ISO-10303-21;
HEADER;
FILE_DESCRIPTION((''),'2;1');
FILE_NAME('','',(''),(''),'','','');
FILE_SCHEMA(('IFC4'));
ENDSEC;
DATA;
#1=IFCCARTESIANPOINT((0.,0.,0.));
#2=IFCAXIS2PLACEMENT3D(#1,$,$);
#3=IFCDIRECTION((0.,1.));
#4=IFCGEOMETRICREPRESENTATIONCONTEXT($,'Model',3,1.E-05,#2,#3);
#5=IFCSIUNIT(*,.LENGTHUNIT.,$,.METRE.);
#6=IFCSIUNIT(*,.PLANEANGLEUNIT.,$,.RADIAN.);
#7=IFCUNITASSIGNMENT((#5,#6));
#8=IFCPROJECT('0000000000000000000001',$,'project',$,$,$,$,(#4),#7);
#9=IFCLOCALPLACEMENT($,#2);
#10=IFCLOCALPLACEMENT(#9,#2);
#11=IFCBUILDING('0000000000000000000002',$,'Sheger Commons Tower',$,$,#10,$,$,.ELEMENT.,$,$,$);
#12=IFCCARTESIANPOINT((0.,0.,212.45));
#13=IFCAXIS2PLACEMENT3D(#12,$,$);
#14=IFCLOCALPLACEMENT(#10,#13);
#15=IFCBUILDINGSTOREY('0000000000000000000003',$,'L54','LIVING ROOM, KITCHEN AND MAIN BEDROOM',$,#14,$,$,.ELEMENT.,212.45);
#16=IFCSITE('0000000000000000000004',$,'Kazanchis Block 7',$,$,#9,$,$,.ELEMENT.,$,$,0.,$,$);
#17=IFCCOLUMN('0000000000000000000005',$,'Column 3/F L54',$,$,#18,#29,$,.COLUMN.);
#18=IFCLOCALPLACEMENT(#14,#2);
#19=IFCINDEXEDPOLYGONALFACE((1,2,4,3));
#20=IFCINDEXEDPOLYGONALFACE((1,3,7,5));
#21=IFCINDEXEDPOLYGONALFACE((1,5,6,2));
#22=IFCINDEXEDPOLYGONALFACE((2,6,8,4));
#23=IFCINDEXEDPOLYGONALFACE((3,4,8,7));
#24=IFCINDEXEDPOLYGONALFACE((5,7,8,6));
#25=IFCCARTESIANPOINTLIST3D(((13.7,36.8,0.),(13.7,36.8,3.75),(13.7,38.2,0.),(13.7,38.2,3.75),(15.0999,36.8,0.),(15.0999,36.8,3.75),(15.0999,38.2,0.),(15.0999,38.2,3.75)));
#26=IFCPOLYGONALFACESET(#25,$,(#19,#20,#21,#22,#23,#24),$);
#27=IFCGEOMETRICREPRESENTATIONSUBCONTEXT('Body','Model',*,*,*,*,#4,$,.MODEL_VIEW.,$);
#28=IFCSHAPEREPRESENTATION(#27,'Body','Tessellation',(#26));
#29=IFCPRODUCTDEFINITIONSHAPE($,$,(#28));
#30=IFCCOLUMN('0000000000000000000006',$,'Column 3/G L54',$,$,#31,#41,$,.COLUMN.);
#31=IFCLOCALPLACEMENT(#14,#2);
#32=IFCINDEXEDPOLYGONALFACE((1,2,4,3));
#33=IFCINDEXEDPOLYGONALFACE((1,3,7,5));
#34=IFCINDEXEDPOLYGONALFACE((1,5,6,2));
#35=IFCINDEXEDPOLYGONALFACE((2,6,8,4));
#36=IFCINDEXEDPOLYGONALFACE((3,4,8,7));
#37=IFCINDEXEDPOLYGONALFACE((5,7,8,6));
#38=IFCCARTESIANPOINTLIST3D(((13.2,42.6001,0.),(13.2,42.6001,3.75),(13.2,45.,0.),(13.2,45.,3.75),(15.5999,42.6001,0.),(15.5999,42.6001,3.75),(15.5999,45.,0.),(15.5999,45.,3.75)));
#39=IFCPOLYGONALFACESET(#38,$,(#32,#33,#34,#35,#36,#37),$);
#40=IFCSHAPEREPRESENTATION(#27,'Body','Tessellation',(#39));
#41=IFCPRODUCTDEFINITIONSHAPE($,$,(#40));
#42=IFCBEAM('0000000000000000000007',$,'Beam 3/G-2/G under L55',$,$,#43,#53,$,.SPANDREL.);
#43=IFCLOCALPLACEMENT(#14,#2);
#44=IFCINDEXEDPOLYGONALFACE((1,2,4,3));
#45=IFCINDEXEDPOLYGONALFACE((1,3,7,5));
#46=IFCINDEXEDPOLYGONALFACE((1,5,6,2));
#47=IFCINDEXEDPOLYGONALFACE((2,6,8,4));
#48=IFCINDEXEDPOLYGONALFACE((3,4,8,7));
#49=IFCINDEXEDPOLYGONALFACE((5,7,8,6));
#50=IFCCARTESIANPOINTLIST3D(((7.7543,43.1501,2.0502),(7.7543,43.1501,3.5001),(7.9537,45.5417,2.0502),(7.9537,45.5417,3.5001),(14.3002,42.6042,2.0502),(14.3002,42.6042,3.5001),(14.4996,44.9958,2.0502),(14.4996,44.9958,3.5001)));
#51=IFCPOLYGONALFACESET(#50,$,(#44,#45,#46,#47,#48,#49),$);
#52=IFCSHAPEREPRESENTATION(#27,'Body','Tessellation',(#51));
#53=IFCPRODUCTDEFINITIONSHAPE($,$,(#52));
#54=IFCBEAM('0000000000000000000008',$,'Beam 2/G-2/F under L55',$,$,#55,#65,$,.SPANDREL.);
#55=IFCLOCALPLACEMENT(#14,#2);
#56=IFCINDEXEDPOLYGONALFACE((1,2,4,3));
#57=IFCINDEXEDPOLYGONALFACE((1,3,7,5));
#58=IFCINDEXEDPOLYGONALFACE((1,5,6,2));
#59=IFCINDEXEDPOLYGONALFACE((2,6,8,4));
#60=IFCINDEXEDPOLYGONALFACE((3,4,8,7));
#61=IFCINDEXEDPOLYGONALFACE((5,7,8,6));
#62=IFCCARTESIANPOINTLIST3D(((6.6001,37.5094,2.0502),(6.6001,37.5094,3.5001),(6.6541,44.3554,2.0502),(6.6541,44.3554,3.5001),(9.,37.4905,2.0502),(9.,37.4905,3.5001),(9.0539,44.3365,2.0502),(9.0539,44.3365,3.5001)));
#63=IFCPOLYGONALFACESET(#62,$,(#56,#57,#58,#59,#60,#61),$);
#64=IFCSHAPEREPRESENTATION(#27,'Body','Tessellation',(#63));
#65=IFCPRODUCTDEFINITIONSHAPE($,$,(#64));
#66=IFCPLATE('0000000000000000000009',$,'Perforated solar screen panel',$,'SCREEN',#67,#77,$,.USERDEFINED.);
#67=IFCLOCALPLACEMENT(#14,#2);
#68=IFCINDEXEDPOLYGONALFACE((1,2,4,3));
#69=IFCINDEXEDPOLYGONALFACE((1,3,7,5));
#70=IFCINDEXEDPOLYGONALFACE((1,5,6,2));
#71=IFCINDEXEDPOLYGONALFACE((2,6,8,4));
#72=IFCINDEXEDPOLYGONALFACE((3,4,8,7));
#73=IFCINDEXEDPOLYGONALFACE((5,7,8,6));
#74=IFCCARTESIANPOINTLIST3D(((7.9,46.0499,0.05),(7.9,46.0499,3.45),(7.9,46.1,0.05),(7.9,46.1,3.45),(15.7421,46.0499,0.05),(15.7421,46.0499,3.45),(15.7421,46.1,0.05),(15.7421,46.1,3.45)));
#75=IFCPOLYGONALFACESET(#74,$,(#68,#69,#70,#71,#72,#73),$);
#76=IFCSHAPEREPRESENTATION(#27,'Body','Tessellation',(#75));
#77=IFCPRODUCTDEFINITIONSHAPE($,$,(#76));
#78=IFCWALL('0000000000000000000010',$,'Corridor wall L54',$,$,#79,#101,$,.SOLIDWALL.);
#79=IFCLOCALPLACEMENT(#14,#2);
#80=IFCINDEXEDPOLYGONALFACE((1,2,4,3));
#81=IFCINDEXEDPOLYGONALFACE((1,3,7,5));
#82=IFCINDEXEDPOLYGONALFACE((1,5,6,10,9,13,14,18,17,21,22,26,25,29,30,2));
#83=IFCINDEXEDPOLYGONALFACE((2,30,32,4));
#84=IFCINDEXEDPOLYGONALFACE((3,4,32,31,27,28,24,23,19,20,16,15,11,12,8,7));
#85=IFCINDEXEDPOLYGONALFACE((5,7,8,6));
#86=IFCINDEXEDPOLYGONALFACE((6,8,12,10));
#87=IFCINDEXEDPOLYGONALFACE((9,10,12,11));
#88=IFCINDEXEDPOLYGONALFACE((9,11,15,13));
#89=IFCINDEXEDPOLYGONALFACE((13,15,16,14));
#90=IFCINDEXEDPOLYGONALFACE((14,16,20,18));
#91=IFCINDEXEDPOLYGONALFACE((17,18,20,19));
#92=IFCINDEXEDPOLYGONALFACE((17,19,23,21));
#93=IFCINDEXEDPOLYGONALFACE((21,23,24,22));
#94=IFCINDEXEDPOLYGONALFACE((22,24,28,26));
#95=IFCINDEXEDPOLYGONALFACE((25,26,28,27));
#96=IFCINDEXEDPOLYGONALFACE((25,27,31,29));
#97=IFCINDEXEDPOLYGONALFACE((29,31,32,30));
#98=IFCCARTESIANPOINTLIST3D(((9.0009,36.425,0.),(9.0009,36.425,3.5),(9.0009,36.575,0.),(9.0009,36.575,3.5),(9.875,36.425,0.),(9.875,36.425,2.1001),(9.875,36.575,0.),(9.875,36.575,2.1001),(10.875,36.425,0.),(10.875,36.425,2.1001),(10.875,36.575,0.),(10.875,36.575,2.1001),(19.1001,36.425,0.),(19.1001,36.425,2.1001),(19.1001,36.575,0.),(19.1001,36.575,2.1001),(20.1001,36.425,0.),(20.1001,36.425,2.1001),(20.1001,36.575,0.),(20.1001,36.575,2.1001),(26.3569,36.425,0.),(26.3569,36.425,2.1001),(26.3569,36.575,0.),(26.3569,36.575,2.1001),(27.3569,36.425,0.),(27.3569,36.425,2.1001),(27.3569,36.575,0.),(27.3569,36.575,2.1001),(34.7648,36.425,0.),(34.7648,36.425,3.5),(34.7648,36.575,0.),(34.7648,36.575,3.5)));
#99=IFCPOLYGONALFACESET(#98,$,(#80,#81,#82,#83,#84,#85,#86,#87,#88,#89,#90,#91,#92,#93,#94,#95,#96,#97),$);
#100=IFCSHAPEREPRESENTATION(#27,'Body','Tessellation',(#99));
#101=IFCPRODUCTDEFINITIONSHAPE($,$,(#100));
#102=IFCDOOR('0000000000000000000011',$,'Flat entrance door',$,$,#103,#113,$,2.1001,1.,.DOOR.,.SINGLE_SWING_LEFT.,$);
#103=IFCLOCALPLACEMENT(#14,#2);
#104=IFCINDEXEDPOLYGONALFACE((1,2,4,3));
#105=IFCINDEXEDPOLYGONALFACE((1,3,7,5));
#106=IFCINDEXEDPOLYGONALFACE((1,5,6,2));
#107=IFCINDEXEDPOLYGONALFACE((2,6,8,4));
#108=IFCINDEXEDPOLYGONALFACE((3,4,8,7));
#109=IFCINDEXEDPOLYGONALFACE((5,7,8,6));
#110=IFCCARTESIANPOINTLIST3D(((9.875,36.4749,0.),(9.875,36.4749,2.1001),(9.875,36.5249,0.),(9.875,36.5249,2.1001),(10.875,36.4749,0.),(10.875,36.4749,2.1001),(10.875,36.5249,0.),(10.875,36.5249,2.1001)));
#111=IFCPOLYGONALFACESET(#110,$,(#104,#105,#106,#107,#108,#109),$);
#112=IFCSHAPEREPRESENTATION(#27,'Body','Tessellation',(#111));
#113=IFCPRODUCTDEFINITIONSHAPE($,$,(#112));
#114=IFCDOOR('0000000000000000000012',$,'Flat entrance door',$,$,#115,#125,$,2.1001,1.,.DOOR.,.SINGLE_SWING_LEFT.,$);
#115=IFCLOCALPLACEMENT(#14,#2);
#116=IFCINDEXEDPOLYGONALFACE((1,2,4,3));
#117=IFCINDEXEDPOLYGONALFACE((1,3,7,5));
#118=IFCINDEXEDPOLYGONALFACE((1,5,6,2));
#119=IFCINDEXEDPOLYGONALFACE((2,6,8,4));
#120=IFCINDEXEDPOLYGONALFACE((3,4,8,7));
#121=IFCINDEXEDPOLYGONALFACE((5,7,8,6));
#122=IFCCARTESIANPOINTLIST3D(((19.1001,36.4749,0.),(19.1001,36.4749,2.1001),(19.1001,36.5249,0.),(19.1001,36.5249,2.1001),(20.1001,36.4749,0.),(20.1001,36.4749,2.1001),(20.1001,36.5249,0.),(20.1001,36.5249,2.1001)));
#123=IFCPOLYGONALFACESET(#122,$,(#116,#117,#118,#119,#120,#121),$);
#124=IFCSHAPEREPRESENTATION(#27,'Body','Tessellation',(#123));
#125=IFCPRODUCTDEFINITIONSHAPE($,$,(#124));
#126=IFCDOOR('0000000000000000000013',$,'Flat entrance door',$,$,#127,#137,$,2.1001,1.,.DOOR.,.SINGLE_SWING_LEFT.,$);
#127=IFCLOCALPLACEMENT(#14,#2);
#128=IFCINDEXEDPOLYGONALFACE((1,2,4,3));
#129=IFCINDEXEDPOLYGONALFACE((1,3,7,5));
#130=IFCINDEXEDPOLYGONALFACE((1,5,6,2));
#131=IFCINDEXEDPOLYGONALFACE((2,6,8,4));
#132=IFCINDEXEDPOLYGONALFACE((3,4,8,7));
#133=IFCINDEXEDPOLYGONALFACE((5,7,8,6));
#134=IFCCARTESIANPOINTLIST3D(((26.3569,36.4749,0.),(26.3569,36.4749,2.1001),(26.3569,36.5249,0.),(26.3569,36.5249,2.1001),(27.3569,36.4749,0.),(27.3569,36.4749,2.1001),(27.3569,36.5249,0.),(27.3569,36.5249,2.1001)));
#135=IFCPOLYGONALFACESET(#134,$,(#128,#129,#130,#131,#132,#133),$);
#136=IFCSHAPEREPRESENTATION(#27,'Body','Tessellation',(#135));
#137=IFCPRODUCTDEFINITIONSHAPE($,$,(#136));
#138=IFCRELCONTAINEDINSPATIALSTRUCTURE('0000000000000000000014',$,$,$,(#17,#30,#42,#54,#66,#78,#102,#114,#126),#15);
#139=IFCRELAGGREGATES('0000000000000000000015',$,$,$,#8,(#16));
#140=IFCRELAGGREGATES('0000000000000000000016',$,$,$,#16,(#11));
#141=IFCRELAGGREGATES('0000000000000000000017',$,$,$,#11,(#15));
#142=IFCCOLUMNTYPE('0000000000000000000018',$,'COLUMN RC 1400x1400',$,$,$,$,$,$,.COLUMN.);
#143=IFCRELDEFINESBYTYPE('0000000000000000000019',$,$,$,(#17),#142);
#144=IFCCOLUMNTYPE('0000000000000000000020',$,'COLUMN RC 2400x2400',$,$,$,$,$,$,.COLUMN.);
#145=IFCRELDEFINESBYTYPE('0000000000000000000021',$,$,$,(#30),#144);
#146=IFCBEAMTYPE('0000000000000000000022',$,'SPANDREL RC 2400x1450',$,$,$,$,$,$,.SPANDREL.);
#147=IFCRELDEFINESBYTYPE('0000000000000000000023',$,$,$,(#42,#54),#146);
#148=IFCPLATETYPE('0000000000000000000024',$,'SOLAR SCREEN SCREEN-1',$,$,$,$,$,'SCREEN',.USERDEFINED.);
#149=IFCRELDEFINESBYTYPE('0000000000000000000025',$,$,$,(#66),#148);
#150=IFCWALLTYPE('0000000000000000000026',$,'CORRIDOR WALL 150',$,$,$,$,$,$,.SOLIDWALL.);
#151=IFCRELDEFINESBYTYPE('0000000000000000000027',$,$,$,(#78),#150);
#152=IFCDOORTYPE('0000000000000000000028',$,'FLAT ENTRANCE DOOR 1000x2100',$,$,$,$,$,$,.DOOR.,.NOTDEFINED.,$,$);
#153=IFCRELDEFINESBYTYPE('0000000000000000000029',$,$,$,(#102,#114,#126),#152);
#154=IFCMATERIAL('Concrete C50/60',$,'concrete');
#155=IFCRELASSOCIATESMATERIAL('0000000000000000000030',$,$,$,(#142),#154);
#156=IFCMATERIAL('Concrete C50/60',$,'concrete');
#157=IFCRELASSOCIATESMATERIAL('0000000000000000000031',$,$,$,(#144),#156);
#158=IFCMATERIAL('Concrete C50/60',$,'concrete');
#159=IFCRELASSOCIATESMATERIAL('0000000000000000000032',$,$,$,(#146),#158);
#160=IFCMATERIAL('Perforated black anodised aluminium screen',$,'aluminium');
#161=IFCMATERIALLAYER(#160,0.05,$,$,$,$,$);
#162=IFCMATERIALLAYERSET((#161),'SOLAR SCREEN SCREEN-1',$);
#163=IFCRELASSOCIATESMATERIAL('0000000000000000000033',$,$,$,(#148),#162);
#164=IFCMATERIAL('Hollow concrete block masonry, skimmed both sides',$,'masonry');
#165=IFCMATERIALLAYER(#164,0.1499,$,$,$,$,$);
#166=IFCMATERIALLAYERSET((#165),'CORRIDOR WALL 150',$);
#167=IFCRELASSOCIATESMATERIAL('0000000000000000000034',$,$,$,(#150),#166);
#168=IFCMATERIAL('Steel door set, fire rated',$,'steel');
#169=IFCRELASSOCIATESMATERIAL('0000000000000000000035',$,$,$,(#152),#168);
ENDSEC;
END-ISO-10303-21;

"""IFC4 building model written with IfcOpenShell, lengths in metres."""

from ifc_helpers import new_model, si_unit, direction, frame, frame_2d, origin, origin_2d, place, context, subcontext, project, spatial, rectangle, extrude, material, layer, layer_set, material_profile, profile_set, type_object, element, fill, save


model = new_model("IFC4")

# Units and contexts
model_context = context("Model", 3, precision=1e-05, world=origin(), true_north=direction((0.0, 1.0)))
body_context = subcontext(model_context, "Body", "Model", "MODEL_VIEW")
ifc_project = project(units=[si_unit("LENGTHUNIT", "METRE"), si_unit("PLANEANGLEUNIT", "RADIAN")], contexts=[model_context])

# Site, building, storey
site_placement = place(None, origin())
site = spatial("IfcSite", under=ifc_project, at=site_placement, Name="Kazanchis Block 7", CompositionType="ELEMENT", RefElevation=0.0)
building_placement = place(site_placement, origin())
building = spatial("IfcBuilding", under=site, at=building_placement, Name="Sheger Commons Tower", CompositionType="ELEMENT")
storey_placement = place(building_placement, frame((0.0, 0.0, 212.45)))
storey = spatial("IfcBuildingStorey", under=building, at=storey_placement, Name="L54", Description="LIVING ROOM, KITCHEN AND MAIN BEDROOM", CompositionType="ELEMENT", Elevation=212.45)

# Columns
ifc_material_1 = material(Name="Concrete C50/60", Category="concrete")
ifc_material_profile_1 = material_profile(ifc_material_1, rectangle(XDim=1.3999, YDim=1.3999, at=origin_2d()), Name="RC 1400x1400")
ifc_profile_set_1 = profile_set([ifc_material_profile_1], Name="Concrete C50/60")
column_type_1 = type_object("IfcColumnType", Name="COLUMN RC 1400x1400", PredefinedType="COLUMN", material=ifc_profile_set_1)
column_1_placement = place(storey_placement, frame((14.3999, 37.5, 0.0), z_axis=(0.0, 0.0, 1.0), x_axis=(1.0, 0.0, 0.0)))
element("IfcColumn", 1, at=column_1_placement, inside=storey, type_object=column_type_1, Name="Column 3/F L54", PredefinedType="COLUMN", context=body_context, shape_type="SweptSolid", body=[
    extrude(rectangle(XDim=1.3999, YDim=1.3999, at=origin_2d()), origin(), (0.0, 0.0, 1.0), 3.75),
])
ifc_material_2 = material(Name="Concrete C50/60", Category="concrete")
ifc_material_profile_2 = material_profile(ifc_material_2, rectangle(XDim=2.3999, YDim=2.3999, at=origin_2d()), Name="RC 2400x2400")
ifc_profile_set_2 = profile_set([ifc_material_profile_2], Name="Concrete C50/60")
column_type_2 = type_object("IfcColumnType", Name="COLUMN RC 2400x2400", PredefinedType="COLUMN", material=ifc_profile_set_2)
column_2_placement = place(storey_placement, frame((14.3999, 43.8, 0.0), z_axis=(0.0, 0.0, 1.0), x_axis=(1.0, 0.0, 0.0)))
element("IfcColumn", 2, at=column_2_placement, inside=storey, type_object=column_type_2, Name="Column 3/G L54", PredefinedType="COLUMN", context=body_context, shape_type="SweptSolid", body=[
    extrude(rectangle(XDim=2.3999, YDim=2.3999, at=origin_2d()), origin(), (0.0, 0.0, 1.0), 3.75),
])

# Beams
ifc_material_3 = material(Name="Concrete C50/60", Category="concrete")
ifc_material_profile_3 = material_profile(ifc_material_3, rectangle(XDim=2.3999, YDim=1.45, at=origin_2d()), Name="RC 2400x1450")
ifc_profile_set_3 = profile_set([ifc_material_profile_3], Name="Concrete C50/60")
beam_type = type_object("IfcBeamType", Name="SPANDREL RC 2400x1450", PredefinedType="SPANDREL", material=ifc_profile_set_3)
beam_1_placement = place(storey_placement, frame((14.3999, 43.8, 2.7751), z_axis=(-0.996541, 0.083107, 0.0), x_axis=(-0.083107, -0.996541, 0.0)))
element("IfcBeam", 3, at=beam_1_placement, inside=storey, type_object=beam_type, Name="Beam 3/G-2/G under L55", PredefinedType="SPANDREL", context=body_context, shape_type="SweptSolid", body=[
    extrude(rectangle(XDim=2.3999, YDim=1.45, at=origin_2d()), origin(), (0.0, 0.0, 1.0), 6.5686),
])
beam_2_placement = place(storey_placement, frame((7.854, 44.3459, 2.7751), z_axis=(-0.007881, -0.999969, 0.0), x_axis=(0.999969, -0.007881, 0.0)))
element("IfcBeam", 4, at=beam_2_placement, inside=storey, type_object=beam_type, Name="Beam 2/G-2/F under L55", PredefinedType="SPANDREL", context=body_context, shape_type="SweptSolid", body=[
    extrude(rectangle(XDim=2.3999, YDim=1.45, at=origin_2d()), origin(), (0.0, 0.0, 1.0), 6.8462),
])

# Plate
ifc_material_4 = material(Name="Perforated black anodised aluminium screen", Category="aluminium")
ifc_layer_1 = layer(ifc_material_4, 0.05)
ifc_layer_set_1 = layer_set([ifc_layer_1], Name="SOLAR SCREEN SCREEN-1")
plate_type = type_object("IfcPlateType", Name="SOLAR SCREEN SCREEN-1", ElementType="SCREEN", PredefinedType="USERDEFINED", material=ifc_layer_set_1)
plate_placement = place(storey_placement, frame((11.821, 46.075, 0.05), z_axis=(0.0, 0.0, 1.0), x_axis=(-1.0, 0.0, 0.0)))
element("IfcPlate", 5, at=plate_placement, inside=storey, type_object=plate_type, Name="Perforated solar screen panel", ObjectType="SCREEN", PredefinedType="USERDEFINED", context=body_context, shape_type="SweptSolid", body=[
    extrude(rectangle(XDim=7.842, YDim=0.05, at=origin_2d()), origin(), (0.0, 0.0, 1.0), 3.3999),
])

# Wall, openings, doors
ifc_material_5 = material(Name="Hollow concrete block masonry, skimmed both sides", Category="masonry")
ifc_layer_2 = layer(ifc_material_5, 0.1499)
ifc_layer_set_2 = layer_set([ifc_layer_2], Name="CORRIDOR WALL 150")
wall_type_1 = type_object("IfcWallType", Name="CORRIDOR WALL 150", PredefinedType="SOLIDWALL", material=ifc_layer_set_2)
wall_1_placement = place(storey_placement, frame((9.001, 36.5, 0.0), z_axis=(0.0, 0.0, 1.0), x_axis=(1.0, 0.0, 0.0)))
wall_1 = element("IfcWall", 6, at=wall_1_placement, inside=storey, type_object=wall_type_1, Name="Corridor wall L54", PredefinedType="SOLIDWALL", context=body_context, shape_type="SweptSolid", body=[
    extrude(rectangle(XDim=25.7639, YDim=0.1499, at=frame_2d((12.8818, 0.0))), origin(), (0.0, 0.0, 1.0), 3.5),
])
opening_1_placement = place(wall_1_placement, frame((0.874, 0.0, 0.0)))
opening_1 = element("IfcOpeningElement", 7, at=opening_1_placement, cuts=wall_1, PredefinedType="OPENING", context=body_context, shape_type="SweptSolid", body=[
    extrude(rectangle(XDim=1.0, YDim=2.1001, at=frame_2d((0.5, 1.05))), frame((0.0, 0.085, 0.0), z_axis=(0.0, -1.0, 0.0), x_axis=(1.0, 0.0, 0.0)), (0.0, 0.0, 1.0), 0.1699),
])
opening_2_placement = place(wall_1_placement, frame((10.0991, 0.0, 0.0)))
opening_2 = element("IfcOpeningElement", 8, at=opening_2_placement, cuts=wall_1, PredefinedType="OPENING", context=body_context, shape_type="SweptSolid", body=[
    extrude(rectangle(XDim=1.0, YDim=2.1001, at=frame_2d((0.5, 1.05))), frame((0.0, 0.085, 0.0), z_axis=(0.0, -1.0, 0.0), x_axis=(1.0, 0.0, 0.0)), (0.0, 0.0, 1.0), 0.1699),
])
opening_3_placement = place(wall_1_placement, frame((17.356, 0.0, 0.0)))
opening_3 = element("IfcOpeningElement", 9, at=opening_3_placement, cuts=wall_1, PredefinedType="OPENING", context=body_context, shape_type="SweptSolid", body=[
    extrude(rectangle(XDim=1.0, YDim=2.1001, at=frame_2d((0.5, 1.05))), frame((0.0, 0.085, 0.0), z_axis=(0.0, -1.0, 0.0), x_axis=(1.0, 0.0, 0.0)), (0.0, 0.0, 1.0), 0.1699),
])
ifc_material_6 = material(Name="Steel door set, fire rated", Category="steel")
door_type_1 = type_object("IfcDoorType", Name="FLAT ENTRANCE DOOR 1000x2100", OperationType="NOTDEFINED", PredefinedType="DOOR", material=ifc_material_6)
door_1_placement = place(opening_1_placement, origin())
door_1 = element("IfcDoor", 10, at=door_1_placement, inside=storey, type_object=door_type_1, Name="Flat entrance door", OperationType="SINGLE_SWING_LEFT", OverallHeight=2.1001, OverallWidth=1.0, PredefinedType="DOOR", context=body_context, shape_type="SweptSolid", body=[
    extrude(rectangle(XDim=1.0, YDim=2.1001, at=frame_2d((0.5, 1.05))), frame((0.0, 0.0249, 0.0), z_axis=(0.0, -1.0, 0.0), x_axis=(1.0, 0.0, 0.0)), (0.0, 0.0, 1.0), 0.05),
])
fill(opening_1, door_1)
door_2_placement = place(opening_2_placement, origin())
door_2 = element("IfcDoor", 11, at=door_2_placement, inside=storey, type_object=door_type_1, Name="Flat entrance door", OperationType="SINGLE_SWING_LEFT", OverallHeight=2.1001, OverallWidth=1.0, PredefinedType="DOOR", context=body_context, shape_type="SweptSolid", body=[
    extrude(rectangle(XDim=1.0, YDim=2.1001, at=frame_2d((0.5, 1.05))), frame((0.0, 0.0249, 0.0), z_axis=(0.0, -1.0, 0.0), x_axis=(1.0, 0.0, 0.0)), (0.0, 0.0, 1.0), 0.05),
])
fill(opening_2, door_2)
door_3_placement = place(opening_3_placement, origin())
door_3 = element("IfcDoor", 12, at=door_3_placement, inside=storey, type_object=door_type_1, Name="Flat entrance door", OperationType="SINGLE_SWING_LEFT", OverallHeight=2.1001, OverallWidth=1.0, PredefinedType="DOOR", context=body_context, shape_type="SweptSolid", body=[
    extrude(rectangle(XDim=1.0, YDim=2.1001, at=frame_2d((0.5, 1.05))), frame((0.0, 0.0249, 0.0), z_axis=(0.0, -1.0, 0.0), x_axis=(1.0, 0.0, 0.0)), (0.0, 0.0, 1.0), 0.05),
])
fill(opening_3, door_3)

save(model, "model.ifc")
